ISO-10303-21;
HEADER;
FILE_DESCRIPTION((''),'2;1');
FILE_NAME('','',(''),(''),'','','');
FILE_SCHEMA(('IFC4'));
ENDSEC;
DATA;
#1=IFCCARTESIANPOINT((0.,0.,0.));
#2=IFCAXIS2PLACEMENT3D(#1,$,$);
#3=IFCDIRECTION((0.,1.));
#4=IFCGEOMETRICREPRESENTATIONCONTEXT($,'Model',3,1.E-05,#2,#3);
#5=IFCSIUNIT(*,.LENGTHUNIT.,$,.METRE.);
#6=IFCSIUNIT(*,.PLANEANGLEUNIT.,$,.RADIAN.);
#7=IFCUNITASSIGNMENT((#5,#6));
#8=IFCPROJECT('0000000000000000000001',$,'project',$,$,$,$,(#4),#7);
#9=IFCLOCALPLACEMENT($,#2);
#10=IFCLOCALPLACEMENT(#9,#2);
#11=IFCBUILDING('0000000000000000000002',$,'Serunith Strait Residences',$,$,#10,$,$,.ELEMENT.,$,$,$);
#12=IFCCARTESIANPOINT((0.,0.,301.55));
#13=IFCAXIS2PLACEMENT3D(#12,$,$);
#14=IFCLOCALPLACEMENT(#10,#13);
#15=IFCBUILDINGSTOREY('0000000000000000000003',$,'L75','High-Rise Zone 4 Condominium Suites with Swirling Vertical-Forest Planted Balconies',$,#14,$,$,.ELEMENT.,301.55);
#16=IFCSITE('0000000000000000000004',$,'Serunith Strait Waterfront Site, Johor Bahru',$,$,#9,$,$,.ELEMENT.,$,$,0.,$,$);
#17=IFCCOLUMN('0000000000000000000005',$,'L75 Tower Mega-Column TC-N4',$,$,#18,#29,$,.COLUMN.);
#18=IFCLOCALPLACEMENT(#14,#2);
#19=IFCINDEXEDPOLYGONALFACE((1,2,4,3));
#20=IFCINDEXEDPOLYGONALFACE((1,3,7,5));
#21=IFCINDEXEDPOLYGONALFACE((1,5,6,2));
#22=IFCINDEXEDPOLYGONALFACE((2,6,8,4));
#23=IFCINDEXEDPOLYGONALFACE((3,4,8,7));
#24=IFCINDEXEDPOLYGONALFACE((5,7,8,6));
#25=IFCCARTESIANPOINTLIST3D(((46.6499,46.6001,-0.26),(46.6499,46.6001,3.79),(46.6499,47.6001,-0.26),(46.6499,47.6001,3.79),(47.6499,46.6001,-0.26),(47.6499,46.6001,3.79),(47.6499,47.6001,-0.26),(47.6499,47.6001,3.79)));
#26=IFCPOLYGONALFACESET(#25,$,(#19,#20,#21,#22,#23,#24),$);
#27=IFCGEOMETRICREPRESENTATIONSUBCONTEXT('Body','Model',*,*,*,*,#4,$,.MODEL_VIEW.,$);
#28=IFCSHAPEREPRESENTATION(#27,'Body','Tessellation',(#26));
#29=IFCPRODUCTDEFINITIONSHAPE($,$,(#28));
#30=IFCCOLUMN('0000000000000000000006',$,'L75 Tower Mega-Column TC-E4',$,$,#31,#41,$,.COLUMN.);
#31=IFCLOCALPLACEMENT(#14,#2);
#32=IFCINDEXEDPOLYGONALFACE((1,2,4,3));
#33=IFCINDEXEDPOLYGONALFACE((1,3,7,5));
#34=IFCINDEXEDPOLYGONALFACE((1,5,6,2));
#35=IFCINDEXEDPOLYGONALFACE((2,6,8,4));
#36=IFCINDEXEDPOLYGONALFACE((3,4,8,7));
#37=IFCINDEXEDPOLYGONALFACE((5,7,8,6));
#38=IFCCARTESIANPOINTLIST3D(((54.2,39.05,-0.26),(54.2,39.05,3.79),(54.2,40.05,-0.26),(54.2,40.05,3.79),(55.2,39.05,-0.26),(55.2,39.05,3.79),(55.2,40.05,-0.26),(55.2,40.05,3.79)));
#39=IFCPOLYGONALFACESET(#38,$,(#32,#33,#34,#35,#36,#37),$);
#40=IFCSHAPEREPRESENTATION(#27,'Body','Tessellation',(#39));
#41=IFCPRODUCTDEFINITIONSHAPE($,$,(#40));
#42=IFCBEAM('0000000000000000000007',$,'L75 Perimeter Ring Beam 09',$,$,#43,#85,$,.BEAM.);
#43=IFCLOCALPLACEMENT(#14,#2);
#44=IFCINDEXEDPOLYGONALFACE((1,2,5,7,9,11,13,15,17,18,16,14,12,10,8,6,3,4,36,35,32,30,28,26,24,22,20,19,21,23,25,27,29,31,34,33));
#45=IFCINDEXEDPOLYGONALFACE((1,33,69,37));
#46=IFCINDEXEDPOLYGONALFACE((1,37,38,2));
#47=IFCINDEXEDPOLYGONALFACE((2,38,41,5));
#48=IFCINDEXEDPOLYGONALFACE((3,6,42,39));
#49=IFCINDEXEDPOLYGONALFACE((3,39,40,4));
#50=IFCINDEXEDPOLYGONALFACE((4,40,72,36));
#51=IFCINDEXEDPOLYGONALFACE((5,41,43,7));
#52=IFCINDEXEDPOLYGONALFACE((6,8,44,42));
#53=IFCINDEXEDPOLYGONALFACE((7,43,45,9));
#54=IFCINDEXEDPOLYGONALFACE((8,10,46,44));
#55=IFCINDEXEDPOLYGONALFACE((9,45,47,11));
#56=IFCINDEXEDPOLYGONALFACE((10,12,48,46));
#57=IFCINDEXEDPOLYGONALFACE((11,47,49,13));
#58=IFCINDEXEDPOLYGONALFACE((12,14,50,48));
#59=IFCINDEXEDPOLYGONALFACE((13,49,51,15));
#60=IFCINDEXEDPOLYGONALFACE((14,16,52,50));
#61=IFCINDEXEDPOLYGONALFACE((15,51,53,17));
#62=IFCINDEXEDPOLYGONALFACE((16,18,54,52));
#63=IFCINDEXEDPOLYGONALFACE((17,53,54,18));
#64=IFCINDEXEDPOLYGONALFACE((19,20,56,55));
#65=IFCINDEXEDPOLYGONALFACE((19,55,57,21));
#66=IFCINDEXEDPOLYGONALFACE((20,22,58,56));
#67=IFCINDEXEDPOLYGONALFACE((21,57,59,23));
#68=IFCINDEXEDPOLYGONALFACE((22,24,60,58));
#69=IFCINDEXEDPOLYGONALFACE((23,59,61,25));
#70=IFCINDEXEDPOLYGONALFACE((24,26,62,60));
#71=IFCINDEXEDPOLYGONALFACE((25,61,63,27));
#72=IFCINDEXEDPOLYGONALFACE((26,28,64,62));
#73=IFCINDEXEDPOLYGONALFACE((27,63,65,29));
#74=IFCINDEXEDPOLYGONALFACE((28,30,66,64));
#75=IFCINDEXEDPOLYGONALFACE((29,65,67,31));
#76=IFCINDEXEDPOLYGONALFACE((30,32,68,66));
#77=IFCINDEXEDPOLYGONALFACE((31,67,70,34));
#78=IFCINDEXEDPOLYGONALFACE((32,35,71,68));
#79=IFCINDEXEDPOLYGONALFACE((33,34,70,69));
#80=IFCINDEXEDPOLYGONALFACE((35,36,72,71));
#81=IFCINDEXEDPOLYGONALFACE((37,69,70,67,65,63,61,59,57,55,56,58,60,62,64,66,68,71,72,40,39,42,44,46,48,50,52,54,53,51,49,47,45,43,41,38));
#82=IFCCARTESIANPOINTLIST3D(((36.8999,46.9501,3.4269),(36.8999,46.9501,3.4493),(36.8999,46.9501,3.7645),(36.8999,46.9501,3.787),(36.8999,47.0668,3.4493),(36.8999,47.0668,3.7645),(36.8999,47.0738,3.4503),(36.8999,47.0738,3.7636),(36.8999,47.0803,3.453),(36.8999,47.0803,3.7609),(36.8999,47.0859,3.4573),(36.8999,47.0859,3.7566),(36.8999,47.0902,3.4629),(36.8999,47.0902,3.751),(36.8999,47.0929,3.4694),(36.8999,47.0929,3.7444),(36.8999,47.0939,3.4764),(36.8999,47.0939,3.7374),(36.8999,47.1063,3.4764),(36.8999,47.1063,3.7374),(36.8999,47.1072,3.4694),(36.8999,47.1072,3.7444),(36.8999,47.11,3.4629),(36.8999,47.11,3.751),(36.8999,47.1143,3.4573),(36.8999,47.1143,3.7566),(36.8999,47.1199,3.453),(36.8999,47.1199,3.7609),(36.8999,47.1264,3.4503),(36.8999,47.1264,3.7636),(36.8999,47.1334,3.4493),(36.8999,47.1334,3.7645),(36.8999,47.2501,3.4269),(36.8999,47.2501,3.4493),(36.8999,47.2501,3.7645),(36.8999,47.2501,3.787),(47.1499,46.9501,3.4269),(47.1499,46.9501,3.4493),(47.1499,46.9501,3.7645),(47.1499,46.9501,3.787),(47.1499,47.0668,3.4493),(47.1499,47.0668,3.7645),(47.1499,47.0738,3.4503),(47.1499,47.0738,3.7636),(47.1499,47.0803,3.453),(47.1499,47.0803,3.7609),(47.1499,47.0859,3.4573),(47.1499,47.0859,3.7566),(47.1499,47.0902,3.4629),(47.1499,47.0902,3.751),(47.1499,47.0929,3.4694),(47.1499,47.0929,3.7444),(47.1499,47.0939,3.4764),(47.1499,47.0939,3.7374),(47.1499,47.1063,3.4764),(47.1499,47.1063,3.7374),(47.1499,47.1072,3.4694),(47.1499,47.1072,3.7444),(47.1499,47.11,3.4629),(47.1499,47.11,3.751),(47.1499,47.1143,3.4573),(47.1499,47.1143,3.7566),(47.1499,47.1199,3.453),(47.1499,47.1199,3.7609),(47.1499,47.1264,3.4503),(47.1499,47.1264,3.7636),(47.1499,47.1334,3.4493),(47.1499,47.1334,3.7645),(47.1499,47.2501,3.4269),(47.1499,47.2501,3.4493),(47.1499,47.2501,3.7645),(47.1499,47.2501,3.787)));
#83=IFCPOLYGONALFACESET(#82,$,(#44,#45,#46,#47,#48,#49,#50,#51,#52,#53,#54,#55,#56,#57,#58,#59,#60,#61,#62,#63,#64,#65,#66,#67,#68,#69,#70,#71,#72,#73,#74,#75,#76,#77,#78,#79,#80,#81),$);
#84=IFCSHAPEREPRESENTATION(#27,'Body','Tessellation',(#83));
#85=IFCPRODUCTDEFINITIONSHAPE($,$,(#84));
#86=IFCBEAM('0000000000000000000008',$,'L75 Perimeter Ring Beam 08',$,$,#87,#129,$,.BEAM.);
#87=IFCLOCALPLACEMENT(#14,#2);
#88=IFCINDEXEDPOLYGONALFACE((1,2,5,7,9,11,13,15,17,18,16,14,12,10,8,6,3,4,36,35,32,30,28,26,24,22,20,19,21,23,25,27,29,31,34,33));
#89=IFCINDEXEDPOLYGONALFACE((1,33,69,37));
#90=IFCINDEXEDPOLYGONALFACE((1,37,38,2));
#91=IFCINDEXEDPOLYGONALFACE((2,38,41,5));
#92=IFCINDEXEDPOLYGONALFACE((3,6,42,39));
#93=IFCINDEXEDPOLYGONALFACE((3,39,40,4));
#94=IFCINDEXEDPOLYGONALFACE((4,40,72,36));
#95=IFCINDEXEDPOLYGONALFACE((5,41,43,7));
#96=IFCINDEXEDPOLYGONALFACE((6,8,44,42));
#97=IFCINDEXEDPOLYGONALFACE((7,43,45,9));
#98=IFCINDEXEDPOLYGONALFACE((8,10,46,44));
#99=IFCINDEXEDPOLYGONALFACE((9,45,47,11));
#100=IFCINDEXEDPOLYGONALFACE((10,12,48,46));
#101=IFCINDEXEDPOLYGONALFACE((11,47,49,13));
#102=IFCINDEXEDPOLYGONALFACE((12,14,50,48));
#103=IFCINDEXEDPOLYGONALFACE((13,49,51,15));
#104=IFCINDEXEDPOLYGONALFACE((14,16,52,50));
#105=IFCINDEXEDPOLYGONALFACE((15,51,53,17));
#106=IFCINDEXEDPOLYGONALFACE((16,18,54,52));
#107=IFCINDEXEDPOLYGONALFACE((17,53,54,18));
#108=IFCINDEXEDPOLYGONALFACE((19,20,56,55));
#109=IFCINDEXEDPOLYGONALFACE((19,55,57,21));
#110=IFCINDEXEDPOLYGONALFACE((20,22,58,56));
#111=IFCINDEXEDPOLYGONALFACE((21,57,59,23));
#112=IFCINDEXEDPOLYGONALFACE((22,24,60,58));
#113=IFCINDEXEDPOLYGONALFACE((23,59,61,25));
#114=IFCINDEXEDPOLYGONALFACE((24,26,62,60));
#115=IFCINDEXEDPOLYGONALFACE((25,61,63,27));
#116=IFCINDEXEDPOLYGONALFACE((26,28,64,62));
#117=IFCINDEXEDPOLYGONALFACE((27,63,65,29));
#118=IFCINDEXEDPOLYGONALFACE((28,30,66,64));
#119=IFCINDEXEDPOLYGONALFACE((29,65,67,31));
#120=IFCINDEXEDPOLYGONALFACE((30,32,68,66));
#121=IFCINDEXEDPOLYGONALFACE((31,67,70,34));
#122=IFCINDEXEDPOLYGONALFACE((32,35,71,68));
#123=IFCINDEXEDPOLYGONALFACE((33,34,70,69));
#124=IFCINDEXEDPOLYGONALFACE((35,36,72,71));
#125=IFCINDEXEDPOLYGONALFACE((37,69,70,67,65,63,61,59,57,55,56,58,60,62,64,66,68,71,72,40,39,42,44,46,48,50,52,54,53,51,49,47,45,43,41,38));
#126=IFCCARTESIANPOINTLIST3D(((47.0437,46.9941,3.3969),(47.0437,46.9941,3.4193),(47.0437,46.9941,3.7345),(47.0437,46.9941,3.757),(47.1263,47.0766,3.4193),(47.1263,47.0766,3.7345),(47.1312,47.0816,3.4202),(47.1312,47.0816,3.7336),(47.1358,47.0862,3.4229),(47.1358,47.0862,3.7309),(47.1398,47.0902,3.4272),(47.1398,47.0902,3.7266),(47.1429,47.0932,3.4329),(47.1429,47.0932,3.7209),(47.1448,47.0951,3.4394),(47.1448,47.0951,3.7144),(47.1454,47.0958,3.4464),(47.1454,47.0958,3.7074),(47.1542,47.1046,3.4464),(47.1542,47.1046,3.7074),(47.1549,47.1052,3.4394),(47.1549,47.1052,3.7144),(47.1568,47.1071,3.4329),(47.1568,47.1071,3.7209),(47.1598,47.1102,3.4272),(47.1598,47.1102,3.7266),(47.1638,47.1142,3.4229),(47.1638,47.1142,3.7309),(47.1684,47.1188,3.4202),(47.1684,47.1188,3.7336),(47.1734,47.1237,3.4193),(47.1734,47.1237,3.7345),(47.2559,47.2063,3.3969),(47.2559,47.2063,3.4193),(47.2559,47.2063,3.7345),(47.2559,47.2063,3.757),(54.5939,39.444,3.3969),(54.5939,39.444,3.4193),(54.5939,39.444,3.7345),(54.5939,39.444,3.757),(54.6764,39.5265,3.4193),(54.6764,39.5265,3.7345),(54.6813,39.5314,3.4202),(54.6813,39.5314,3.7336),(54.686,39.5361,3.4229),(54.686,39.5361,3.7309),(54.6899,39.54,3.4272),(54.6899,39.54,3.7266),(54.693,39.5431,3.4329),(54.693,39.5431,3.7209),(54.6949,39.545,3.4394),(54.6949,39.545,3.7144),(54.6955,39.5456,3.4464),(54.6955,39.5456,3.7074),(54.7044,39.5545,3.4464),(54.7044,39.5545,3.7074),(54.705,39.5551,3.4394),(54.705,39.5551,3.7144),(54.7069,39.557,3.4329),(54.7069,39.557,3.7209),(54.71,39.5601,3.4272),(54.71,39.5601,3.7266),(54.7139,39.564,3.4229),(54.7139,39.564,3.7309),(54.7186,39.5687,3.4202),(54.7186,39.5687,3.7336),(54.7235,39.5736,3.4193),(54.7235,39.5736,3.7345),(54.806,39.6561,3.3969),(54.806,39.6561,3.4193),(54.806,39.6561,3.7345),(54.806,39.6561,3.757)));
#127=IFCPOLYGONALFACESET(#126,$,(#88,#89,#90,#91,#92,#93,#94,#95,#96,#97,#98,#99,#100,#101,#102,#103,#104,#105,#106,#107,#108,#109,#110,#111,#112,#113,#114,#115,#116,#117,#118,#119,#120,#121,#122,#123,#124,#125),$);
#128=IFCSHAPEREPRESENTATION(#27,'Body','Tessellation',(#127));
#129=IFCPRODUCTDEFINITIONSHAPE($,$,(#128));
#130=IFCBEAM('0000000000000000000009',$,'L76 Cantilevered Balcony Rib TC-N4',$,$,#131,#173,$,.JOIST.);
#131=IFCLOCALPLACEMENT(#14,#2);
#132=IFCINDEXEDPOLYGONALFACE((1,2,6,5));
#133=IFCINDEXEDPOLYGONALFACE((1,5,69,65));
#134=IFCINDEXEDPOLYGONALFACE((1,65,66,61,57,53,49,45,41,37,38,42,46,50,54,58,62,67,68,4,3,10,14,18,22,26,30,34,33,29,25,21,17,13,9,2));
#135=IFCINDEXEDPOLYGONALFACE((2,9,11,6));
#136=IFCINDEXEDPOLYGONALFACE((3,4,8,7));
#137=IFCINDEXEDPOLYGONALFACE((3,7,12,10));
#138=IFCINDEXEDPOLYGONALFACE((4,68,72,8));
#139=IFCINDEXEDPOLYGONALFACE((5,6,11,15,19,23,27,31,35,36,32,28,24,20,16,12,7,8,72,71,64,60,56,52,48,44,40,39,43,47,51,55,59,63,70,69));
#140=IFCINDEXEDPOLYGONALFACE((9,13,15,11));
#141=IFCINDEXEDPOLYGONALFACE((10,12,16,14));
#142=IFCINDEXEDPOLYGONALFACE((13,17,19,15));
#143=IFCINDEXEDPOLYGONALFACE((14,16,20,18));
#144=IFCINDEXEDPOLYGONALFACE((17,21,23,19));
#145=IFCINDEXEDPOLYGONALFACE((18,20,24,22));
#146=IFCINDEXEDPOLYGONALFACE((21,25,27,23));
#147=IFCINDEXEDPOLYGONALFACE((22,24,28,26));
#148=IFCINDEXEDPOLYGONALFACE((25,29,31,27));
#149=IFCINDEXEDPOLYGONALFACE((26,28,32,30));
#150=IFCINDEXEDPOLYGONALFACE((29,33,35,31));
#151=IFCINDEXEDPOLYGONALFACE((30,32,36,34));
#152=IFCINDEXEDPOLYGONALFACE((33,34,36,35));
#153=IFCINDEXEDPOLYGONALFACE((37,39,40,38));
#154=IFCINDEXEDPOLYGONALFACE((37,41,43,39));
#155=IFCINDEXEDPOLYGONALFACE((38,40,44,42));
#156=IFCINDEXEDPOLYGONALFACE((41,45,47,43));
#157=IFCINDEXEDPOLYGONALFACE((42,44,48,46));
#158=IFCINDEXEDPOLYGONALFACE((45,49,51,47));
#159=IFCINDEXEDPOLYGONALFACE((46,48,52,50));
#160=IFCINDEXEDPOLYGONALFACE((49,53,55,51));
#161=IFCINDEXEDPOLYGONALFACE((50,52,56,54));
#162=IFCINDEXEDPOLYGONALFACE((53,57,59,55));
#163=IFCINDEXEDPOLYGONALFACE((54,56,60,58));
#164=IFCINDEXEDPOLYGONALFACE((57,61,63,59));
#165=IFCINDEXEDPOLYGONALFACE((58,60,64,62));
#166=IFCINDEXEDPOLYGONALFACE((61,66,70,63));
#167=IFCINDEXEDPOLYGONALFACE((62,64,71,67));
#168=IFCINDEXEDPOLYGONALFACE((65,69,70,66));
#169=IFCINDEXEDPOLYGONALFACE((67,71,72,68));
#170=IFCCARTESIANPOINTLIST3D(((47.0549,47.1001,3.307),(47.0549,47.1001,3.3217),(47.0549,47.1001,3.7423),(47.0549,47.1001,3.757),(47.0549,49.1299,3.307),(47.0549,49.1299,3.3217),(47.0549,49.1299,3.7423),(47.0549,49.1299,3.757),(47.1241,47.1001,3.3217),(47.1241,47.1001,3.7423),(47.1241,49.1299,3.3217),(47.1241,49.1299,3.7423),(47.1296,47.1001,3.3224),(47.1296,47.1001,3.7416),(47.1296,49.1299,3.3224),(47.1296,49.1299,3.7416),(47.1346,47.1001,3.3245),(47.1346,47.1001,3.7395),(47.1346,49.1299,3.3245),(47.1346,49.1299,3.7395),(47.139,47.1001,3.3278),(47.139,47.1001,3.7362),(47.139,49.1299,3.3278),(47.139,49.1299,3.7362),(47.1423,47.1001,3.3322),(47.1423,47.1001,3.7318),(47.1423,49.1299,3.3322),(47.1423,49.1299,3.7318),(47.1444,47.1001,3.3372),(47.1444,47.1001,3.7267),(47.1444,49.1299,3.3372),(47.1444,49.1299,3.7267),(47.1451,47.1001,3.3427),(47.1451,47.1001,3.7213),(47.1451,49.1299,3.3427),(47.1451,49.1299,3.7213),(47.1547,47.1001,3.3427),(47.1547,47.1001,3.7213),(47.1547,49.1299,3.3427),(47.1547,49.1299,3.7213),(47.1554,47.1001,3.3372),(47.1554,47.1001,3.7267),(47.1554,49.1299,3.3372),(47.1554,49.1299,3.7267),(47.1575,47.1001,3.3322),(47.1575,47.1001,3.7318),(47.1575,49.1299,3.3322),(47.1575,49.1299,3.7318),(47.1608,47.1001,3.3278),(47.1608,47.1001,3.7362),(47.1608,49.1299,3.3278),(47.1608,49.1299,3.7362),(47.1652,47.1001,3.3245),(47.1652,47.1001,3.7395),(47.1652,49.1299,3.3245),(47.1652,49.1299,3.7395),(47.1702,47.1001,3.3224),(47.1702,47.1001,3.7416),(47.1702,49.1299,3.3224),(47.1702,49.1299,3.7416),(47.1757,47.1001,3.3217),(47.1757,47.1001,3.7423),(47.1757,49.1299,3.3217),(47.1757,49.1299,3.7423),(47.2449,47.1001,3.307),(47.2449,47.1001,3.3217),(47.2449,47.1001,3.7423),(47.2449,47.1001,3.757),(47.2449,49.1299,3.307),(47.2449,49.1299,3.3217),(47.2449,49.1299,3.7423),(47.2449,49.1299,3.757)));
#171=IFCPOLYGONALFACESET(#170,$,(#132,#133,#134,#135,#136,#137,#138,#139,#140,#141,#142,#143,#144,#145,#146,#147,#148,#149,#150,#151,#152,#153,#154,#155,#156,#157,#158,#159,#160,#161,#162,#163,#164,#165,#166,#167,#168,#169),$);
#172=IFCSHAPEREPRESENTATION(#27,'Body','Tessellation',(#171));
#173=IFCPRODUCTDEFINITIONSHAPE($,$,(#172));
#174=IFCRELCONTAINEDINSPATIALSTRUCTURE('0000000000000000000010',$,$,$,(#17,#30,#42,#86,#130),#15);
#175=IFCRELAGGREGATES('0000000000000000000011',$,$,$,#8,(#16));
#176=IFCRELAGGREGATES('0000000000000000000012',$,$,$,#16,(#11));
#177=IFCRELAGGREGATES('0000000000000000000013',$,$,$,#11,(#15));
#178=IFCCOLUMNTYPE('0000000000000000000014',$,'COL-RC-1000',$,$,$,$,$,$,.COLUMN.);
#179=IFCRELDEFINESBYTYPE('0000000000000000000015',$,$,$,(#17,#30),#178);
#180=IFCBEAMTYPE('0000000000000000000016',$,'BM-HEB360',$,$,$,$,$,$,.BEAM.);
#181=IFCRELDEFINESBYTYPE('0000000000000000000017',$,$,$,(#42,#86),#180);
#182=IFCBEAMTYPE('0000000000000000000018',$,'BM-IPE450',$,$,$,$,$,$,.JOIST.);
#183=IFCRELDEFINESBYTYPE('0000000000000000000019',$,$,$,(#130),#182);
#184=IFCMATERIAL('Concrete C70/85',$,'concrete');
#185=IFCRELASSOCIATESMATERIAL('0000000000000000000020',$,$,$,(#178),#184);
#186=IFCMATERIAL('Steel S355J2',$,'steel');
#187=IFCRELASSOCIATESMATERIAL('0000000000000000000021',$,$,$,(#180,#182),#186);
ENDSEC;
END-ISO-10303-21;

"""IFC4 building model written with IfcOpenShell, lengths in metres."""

from ifc_helpers import new_model, si_unit, direction, frame, origin, origin_2d, place, context, subcontext, project, spatial, rectangle, i_section, extrude, source, transform, mapped, material, material_profile, profile_set, type_object, element, save


model = new_model("IFC4")

# Units and contexts
model_context = context("Model", 3, precision=1e-05, world=origin(), true_north=direction((0.0, 1.0)))
body_context = subcontext(model_context, "Body", "Model", "MODEL_VIEW")
ifc_project = project(units=[si_unit("LENGTHUNIT", "METRE"), si_unit("PLANEANGLEUNIT", "RADIAN")], contexts=[model_context])

# Site, building, storey
site_placement = place(None, origin())
site = spatial("IfcSite", under=ifc_project, at=site_placement, Name="Serunith Strait Waterfront Site, Johor Bahru", CompositionType="ELEMENT", RefElevation=0.0)
building_placement = place(site_placement, origin())
building = spatial("IfcBuilding", under=site, at=building_placement, Name="Serunith Strait Residences", CompositionType="ELEMENT")
storey_placement = place(building_placement, frame((0.0, 0.0, 301.55)))
storey = spatial("IfcBuildingStorey", under=building, at=storey_placement, Name="L75", Description="High-Rise Zone 4 Condominium Suites with Swirling Vertical-Forest Planted Balconies", CompositionType="ELEMENT", Elevation=301.55)

# Columns
ifc_material_1 = material(Name="Concrete C70/85", Category="concrete")
ifc_material_profile_1 = material_profile(ifc_material_1, rectangle(XDim=1.0, YDim=1.0, at=origin_2d()), Name="RC 1000x1000")
ifc_profile_set_1 = profile_set([ifc_material_profile_1], Name="Concrete C70/85")
column_type = type_object("IfcColumnType", Name="COL-RC-1000", PredefinedType="COLUMN", material=ifc_profile_set_1)
shared_shape_1 = source(origin(), body_context, "Body", "SweptSolid", [
    extrude(rectangle(XDim=1.0, YDim=1.0, at=origin_2d()), origin(), (0.0, 0.0, 1.0), 4.05),
])
for number, where, z_axis, x_axis, name in (
    (1, (47.1499, 47.1001, -0.26), (0.0, 0.0, 1.0), (1.0, 0.0, 0.0), "L75 Tower Mega-Column TC-N4"),
    (2, (54.7, 39.55, -0.26), (0.0, 0.0, 1.0), (1.0, 0.0, 0.0), "L75 Tower Mega-Column TC-E4"),
):
    element("IfcColumn", number, at=place(storey_placement, frame(where, z_axis=z_axis, x_axis=x_axis)), inside=storey, type_object=column_type, Name=name, PredefinedType="COLUMN", context=body_context, shape_type="MappedRepresentation", body=[
        mapped(shared_shape_1, transform((0.0, 0.0, 0.0), scale=1.0)),
    ])

# Beams
ifc_material_2 = material(Name="Steel S355J2", Category="steel")
ifc_material_profile_2 = material_profile(ifc_material_2, i_section(OverallWidth=0.3, OverallDepth=0.3601, WebThickness=0.0125, FlangeThickness=0.0225, FilletRadius=0.0271, at=origin_2d()), Name="HEB 360")
ifc_profile_set_2 = profile_set([ifc_material_profile_2], Name="Steel S355J2")
beam_type_1 = type_object("IfcBeamType", Name="BM-HEB360", PredefinedType="BEAM", material=ifc_profile_set_2)
shared_shape_2 = source(origin(), body_context, "Body", "SweptSolid", [
    extrude(i_section(OverallWidth=0.3, OverallDepth=0.3601, WebThickness=0.0125, FlangeThickness=0.0225, FilletRadius=0.0271, at=origin_2d()), origin(), (0.0, 0.0, 1.0), 10.25),
])
beam_1_placement = place(storey_placement, frame((47.1499, 47.1001, 3.6069), z_axis=(-1.0, 0.0, 0.0), x_axis=(0.0, -1.0, 0.0)))
element("IfcBeam", 3, at=beam_1_placement, inside=storey, type_object=beam_type_1, Name="L75 Perimeter Ring Beam 09", PredefinedType="BEAM", context=body_context, shape_type="MappedRepresentation", body=[
    mapped(shared_shape_2, transform((0.0, 0.0, 0.0), scale=1.0)),
])
shared_shape_3 = source(origin(), body_context, "Body", "SweptSolid", [
    extrude(i_section(OverallWidth=0.3, OverallDepth=0.3601, WebThickness=0.0125, FlangeThickness=0.0225, FilletRadius=0.0271, at=origin_2d()), origin(), (0.0, 0.0, 1.0), 10.6775),
])
beam_2_placement = place(storey_placement, frame((54.7, 39.55, 3.5769), z_axis=(-0.707107, 0.707107, 0.0), x_axis=(-0.707107, -0.707107, 0.0)))
element("IfcBeam", 4, at=beam_2_placement, inside=storey, type_object=beam_type_1, Name="L75 Perimeter Ring Beam 08", PredefinedType="BEAM", context=body_context, shape_type="MappedRepresentation", body=[
    mapped(shared_shape_3, transform((0.0, 0.0, 0.0), scale=1.0)),
])
ifc_material_profile_3 = material_profile(ifc_material_2, i_section(OverallWidth=0.1899, OverallDepth=0.45, WebThickness=0.0095, FlangeThickness=0.0146, FilletRadius=0.021, at=origin_2d()), Name="IPE 450")
ifc_profile_set_3 = profile_set([ifc_material_profile_3], Name="Steel S355J2")
beam_type_2 = type_object("IfcBeamType", Name="BM-IPE450", PredefinedType="JOIST", material=ifc_profile_set_3)
shared_shape_4 = source(origin(), body_context, "Body", "SweptSolid", [
    extrude(i_section(OverallWidth=0.1899, OverallDepth=0.45, WebThickness=0.0095, FlangeThickness=0.0146, FilletRadius=0.021, at=origin_2d()), origin(), (0.0, 0.0, 1.0), 2.0298),
])
beam_3_placement = place(storey_placement, frame((47.1499, 47.1001, 3.532), z_axis=(0.0, 1.0, 0.0), x_axis=(-1.0, 0.0, 0.0)))
element("IfcBeam", 5, at=beam_3_placement, inside=storey, type_object=beam_type_2, Name="L76 Cantilevered Balcony Rib TC-N4", PredefinedType="JOIST", context=body_context, shape_type="MappedRepresentation", body=[
    mapped(shared_shape_4, transform((0.0, 0.0, 0.0), scale=1.0)),
])

save(model, "model.ifc")
